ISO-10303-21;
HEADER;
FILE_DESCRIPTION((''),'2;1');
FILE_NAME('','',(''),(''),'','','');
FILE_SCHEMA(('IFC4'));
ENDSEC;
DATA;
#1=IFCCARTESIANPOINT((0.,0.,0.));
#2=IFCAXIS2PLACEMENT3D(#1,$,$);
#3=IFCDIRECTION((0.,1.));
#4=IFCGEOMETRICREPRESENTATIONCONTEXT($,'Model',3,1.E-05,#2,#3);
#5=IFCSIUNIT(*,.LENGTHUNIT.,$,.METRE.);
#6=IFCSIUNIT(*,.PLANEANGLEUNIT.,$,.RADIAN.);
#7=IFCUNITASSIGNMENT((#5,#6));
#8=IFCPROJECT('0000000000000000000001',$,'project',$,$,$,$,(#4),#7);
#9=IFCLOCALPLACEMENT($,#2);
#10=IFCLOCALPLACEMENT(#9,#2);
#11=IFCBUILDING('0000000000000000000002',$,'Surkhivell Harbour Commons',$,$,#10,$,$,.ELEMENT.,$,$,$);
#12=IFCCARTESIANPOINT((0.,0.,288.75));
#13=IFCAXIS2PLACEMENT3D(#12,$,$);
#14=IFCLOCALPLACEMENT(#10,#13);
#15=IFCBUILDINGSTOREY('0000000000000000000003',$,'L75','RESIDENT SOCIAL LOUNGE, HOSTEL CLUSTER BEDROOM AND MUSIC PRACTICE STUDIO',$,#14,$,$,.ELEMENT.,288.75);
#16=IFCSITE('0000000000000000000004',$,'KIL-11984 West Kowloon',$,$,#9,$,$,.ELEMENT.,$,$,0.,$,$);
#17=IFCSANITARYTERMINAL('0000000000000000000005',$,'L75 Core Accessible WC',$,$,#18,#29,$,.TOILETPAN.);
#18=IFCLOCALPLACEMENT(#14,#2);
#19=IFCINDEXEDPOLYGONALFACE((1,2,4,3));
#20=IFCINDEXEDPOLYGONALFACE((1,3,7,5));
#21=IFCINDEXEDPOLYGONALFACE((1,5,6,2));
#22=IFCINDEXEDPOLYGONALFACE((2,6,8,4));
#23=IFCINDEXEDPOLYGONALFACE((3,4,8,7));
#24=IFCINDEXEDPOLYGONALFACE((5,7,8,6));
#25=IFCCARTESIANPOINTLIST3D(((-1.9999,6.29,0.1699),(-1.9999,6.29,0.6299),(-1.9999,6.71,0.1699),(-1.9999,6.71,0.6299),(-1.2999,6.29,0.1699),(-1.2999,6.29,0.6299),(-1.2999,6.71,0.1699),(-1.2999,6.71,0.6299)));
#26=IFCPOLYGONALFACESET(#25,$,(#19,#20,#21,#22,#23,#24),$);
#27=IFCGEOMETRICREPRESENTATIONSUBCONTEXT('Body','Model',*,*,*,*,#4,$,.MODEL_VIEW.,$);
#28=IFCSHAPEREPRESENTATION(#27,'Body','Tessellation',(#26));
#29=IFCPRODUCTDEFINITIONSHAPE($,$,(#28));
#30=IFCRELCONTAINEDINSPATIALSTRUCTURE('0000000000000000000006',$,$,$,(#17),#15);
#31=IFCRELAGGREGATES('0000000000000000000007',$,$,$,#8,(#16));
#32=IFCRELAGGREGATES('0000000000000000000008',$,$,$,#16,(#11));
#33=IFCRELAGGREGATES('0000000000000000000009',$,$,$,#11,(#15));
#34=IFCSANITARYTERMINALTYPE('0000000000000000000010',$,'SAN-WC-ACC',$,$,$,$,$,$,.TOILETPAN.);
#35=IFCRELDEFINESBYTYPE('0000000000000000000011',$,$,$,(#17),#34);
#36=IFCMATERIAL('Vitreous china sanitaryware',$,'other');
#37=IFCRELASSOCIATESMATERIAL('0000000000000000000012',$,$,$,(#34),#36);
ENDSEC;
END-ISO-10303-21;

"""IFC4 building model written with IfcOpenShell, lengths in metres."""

from ifc_helpers import new_model, si_unit, direction, frame, origin, origin_2d, place, context, subcontext, project, spatial, rectangle, extrude, material, type_object, element, save


model = new_model("IFC4")

# Units and contexts
model_context = context("Model", 3, precision=1e-05, world=origin(), true_north=direction((0.0, 1.0)))
body_context = subcontext(model_context, "Body", "Model", "MODEL_VIEW")
ifc_project = project(units=[si_unit("LENGTHUNIT", "METRE"), si_unit("PLANEANGLEUNIT", "RADIAN")], contexts=[model_context])

# Site, building, storey
site_placement = place(None, origin())
site = spatial("IfcSite", under=ifc_project, at=site_placement, Name="KIL-11984 West Kowloon", CompositionType="ELEMENT", RefElevation=0.0)
building_placement = place(site_placement, origin())
building = spatial("IfcBuilding", under=site, at=building_placement, Name="Surkhivell Harbour Commons", CompositionType="ELEMENT")
storey_placement = place(building_placement, frame((0.0, 0.0, 288.75)))
storey = spatial("IfcBuildingStorey", under=building, at=storey_placement, Name="L75", Description="RESIDENT SOCIAL LOUNGE, HOSTEL CLUSTER BEDROOM AND MUSIC PRACTICE STUDIO", CompositionType="ELEMENT", Elevation=288.75)

# Sanitary terminal
ifc_material_1 = material(Name="Vitreous china sanitaryware", Category="other")
sanitary_terminal_type_1 = type_object("IfcSanitaryTerminalType", Name="SAN-WC-ACC", PredefinedType="TOILETPAN", material=ifc_material_1)
sanitary_terminal_1_placement = place(storey_placement, frame((-1.6499, 6.5, 0.1699), z_axis=(0.0, 0.0, 1.0), x_axis=(1.0, 0.0, 0.0)))
element("IfcSanitaryTerminal", 1, at=sanitary_terminal_1_placement, inside=storey, type_object=sanitary_terminal_type_1, Name="L75 Core Accessible WC", PredefinedType="TOILETPAN", context=body_context, shape_type="SweptSolid", body=[
    extrude(rectangle(XDim=0.7, YDim=0.4199, at=origin_2d()), origin(), (0.0, 0.0, 1.0), 0.46),
])

save(model, "model.ifc")
